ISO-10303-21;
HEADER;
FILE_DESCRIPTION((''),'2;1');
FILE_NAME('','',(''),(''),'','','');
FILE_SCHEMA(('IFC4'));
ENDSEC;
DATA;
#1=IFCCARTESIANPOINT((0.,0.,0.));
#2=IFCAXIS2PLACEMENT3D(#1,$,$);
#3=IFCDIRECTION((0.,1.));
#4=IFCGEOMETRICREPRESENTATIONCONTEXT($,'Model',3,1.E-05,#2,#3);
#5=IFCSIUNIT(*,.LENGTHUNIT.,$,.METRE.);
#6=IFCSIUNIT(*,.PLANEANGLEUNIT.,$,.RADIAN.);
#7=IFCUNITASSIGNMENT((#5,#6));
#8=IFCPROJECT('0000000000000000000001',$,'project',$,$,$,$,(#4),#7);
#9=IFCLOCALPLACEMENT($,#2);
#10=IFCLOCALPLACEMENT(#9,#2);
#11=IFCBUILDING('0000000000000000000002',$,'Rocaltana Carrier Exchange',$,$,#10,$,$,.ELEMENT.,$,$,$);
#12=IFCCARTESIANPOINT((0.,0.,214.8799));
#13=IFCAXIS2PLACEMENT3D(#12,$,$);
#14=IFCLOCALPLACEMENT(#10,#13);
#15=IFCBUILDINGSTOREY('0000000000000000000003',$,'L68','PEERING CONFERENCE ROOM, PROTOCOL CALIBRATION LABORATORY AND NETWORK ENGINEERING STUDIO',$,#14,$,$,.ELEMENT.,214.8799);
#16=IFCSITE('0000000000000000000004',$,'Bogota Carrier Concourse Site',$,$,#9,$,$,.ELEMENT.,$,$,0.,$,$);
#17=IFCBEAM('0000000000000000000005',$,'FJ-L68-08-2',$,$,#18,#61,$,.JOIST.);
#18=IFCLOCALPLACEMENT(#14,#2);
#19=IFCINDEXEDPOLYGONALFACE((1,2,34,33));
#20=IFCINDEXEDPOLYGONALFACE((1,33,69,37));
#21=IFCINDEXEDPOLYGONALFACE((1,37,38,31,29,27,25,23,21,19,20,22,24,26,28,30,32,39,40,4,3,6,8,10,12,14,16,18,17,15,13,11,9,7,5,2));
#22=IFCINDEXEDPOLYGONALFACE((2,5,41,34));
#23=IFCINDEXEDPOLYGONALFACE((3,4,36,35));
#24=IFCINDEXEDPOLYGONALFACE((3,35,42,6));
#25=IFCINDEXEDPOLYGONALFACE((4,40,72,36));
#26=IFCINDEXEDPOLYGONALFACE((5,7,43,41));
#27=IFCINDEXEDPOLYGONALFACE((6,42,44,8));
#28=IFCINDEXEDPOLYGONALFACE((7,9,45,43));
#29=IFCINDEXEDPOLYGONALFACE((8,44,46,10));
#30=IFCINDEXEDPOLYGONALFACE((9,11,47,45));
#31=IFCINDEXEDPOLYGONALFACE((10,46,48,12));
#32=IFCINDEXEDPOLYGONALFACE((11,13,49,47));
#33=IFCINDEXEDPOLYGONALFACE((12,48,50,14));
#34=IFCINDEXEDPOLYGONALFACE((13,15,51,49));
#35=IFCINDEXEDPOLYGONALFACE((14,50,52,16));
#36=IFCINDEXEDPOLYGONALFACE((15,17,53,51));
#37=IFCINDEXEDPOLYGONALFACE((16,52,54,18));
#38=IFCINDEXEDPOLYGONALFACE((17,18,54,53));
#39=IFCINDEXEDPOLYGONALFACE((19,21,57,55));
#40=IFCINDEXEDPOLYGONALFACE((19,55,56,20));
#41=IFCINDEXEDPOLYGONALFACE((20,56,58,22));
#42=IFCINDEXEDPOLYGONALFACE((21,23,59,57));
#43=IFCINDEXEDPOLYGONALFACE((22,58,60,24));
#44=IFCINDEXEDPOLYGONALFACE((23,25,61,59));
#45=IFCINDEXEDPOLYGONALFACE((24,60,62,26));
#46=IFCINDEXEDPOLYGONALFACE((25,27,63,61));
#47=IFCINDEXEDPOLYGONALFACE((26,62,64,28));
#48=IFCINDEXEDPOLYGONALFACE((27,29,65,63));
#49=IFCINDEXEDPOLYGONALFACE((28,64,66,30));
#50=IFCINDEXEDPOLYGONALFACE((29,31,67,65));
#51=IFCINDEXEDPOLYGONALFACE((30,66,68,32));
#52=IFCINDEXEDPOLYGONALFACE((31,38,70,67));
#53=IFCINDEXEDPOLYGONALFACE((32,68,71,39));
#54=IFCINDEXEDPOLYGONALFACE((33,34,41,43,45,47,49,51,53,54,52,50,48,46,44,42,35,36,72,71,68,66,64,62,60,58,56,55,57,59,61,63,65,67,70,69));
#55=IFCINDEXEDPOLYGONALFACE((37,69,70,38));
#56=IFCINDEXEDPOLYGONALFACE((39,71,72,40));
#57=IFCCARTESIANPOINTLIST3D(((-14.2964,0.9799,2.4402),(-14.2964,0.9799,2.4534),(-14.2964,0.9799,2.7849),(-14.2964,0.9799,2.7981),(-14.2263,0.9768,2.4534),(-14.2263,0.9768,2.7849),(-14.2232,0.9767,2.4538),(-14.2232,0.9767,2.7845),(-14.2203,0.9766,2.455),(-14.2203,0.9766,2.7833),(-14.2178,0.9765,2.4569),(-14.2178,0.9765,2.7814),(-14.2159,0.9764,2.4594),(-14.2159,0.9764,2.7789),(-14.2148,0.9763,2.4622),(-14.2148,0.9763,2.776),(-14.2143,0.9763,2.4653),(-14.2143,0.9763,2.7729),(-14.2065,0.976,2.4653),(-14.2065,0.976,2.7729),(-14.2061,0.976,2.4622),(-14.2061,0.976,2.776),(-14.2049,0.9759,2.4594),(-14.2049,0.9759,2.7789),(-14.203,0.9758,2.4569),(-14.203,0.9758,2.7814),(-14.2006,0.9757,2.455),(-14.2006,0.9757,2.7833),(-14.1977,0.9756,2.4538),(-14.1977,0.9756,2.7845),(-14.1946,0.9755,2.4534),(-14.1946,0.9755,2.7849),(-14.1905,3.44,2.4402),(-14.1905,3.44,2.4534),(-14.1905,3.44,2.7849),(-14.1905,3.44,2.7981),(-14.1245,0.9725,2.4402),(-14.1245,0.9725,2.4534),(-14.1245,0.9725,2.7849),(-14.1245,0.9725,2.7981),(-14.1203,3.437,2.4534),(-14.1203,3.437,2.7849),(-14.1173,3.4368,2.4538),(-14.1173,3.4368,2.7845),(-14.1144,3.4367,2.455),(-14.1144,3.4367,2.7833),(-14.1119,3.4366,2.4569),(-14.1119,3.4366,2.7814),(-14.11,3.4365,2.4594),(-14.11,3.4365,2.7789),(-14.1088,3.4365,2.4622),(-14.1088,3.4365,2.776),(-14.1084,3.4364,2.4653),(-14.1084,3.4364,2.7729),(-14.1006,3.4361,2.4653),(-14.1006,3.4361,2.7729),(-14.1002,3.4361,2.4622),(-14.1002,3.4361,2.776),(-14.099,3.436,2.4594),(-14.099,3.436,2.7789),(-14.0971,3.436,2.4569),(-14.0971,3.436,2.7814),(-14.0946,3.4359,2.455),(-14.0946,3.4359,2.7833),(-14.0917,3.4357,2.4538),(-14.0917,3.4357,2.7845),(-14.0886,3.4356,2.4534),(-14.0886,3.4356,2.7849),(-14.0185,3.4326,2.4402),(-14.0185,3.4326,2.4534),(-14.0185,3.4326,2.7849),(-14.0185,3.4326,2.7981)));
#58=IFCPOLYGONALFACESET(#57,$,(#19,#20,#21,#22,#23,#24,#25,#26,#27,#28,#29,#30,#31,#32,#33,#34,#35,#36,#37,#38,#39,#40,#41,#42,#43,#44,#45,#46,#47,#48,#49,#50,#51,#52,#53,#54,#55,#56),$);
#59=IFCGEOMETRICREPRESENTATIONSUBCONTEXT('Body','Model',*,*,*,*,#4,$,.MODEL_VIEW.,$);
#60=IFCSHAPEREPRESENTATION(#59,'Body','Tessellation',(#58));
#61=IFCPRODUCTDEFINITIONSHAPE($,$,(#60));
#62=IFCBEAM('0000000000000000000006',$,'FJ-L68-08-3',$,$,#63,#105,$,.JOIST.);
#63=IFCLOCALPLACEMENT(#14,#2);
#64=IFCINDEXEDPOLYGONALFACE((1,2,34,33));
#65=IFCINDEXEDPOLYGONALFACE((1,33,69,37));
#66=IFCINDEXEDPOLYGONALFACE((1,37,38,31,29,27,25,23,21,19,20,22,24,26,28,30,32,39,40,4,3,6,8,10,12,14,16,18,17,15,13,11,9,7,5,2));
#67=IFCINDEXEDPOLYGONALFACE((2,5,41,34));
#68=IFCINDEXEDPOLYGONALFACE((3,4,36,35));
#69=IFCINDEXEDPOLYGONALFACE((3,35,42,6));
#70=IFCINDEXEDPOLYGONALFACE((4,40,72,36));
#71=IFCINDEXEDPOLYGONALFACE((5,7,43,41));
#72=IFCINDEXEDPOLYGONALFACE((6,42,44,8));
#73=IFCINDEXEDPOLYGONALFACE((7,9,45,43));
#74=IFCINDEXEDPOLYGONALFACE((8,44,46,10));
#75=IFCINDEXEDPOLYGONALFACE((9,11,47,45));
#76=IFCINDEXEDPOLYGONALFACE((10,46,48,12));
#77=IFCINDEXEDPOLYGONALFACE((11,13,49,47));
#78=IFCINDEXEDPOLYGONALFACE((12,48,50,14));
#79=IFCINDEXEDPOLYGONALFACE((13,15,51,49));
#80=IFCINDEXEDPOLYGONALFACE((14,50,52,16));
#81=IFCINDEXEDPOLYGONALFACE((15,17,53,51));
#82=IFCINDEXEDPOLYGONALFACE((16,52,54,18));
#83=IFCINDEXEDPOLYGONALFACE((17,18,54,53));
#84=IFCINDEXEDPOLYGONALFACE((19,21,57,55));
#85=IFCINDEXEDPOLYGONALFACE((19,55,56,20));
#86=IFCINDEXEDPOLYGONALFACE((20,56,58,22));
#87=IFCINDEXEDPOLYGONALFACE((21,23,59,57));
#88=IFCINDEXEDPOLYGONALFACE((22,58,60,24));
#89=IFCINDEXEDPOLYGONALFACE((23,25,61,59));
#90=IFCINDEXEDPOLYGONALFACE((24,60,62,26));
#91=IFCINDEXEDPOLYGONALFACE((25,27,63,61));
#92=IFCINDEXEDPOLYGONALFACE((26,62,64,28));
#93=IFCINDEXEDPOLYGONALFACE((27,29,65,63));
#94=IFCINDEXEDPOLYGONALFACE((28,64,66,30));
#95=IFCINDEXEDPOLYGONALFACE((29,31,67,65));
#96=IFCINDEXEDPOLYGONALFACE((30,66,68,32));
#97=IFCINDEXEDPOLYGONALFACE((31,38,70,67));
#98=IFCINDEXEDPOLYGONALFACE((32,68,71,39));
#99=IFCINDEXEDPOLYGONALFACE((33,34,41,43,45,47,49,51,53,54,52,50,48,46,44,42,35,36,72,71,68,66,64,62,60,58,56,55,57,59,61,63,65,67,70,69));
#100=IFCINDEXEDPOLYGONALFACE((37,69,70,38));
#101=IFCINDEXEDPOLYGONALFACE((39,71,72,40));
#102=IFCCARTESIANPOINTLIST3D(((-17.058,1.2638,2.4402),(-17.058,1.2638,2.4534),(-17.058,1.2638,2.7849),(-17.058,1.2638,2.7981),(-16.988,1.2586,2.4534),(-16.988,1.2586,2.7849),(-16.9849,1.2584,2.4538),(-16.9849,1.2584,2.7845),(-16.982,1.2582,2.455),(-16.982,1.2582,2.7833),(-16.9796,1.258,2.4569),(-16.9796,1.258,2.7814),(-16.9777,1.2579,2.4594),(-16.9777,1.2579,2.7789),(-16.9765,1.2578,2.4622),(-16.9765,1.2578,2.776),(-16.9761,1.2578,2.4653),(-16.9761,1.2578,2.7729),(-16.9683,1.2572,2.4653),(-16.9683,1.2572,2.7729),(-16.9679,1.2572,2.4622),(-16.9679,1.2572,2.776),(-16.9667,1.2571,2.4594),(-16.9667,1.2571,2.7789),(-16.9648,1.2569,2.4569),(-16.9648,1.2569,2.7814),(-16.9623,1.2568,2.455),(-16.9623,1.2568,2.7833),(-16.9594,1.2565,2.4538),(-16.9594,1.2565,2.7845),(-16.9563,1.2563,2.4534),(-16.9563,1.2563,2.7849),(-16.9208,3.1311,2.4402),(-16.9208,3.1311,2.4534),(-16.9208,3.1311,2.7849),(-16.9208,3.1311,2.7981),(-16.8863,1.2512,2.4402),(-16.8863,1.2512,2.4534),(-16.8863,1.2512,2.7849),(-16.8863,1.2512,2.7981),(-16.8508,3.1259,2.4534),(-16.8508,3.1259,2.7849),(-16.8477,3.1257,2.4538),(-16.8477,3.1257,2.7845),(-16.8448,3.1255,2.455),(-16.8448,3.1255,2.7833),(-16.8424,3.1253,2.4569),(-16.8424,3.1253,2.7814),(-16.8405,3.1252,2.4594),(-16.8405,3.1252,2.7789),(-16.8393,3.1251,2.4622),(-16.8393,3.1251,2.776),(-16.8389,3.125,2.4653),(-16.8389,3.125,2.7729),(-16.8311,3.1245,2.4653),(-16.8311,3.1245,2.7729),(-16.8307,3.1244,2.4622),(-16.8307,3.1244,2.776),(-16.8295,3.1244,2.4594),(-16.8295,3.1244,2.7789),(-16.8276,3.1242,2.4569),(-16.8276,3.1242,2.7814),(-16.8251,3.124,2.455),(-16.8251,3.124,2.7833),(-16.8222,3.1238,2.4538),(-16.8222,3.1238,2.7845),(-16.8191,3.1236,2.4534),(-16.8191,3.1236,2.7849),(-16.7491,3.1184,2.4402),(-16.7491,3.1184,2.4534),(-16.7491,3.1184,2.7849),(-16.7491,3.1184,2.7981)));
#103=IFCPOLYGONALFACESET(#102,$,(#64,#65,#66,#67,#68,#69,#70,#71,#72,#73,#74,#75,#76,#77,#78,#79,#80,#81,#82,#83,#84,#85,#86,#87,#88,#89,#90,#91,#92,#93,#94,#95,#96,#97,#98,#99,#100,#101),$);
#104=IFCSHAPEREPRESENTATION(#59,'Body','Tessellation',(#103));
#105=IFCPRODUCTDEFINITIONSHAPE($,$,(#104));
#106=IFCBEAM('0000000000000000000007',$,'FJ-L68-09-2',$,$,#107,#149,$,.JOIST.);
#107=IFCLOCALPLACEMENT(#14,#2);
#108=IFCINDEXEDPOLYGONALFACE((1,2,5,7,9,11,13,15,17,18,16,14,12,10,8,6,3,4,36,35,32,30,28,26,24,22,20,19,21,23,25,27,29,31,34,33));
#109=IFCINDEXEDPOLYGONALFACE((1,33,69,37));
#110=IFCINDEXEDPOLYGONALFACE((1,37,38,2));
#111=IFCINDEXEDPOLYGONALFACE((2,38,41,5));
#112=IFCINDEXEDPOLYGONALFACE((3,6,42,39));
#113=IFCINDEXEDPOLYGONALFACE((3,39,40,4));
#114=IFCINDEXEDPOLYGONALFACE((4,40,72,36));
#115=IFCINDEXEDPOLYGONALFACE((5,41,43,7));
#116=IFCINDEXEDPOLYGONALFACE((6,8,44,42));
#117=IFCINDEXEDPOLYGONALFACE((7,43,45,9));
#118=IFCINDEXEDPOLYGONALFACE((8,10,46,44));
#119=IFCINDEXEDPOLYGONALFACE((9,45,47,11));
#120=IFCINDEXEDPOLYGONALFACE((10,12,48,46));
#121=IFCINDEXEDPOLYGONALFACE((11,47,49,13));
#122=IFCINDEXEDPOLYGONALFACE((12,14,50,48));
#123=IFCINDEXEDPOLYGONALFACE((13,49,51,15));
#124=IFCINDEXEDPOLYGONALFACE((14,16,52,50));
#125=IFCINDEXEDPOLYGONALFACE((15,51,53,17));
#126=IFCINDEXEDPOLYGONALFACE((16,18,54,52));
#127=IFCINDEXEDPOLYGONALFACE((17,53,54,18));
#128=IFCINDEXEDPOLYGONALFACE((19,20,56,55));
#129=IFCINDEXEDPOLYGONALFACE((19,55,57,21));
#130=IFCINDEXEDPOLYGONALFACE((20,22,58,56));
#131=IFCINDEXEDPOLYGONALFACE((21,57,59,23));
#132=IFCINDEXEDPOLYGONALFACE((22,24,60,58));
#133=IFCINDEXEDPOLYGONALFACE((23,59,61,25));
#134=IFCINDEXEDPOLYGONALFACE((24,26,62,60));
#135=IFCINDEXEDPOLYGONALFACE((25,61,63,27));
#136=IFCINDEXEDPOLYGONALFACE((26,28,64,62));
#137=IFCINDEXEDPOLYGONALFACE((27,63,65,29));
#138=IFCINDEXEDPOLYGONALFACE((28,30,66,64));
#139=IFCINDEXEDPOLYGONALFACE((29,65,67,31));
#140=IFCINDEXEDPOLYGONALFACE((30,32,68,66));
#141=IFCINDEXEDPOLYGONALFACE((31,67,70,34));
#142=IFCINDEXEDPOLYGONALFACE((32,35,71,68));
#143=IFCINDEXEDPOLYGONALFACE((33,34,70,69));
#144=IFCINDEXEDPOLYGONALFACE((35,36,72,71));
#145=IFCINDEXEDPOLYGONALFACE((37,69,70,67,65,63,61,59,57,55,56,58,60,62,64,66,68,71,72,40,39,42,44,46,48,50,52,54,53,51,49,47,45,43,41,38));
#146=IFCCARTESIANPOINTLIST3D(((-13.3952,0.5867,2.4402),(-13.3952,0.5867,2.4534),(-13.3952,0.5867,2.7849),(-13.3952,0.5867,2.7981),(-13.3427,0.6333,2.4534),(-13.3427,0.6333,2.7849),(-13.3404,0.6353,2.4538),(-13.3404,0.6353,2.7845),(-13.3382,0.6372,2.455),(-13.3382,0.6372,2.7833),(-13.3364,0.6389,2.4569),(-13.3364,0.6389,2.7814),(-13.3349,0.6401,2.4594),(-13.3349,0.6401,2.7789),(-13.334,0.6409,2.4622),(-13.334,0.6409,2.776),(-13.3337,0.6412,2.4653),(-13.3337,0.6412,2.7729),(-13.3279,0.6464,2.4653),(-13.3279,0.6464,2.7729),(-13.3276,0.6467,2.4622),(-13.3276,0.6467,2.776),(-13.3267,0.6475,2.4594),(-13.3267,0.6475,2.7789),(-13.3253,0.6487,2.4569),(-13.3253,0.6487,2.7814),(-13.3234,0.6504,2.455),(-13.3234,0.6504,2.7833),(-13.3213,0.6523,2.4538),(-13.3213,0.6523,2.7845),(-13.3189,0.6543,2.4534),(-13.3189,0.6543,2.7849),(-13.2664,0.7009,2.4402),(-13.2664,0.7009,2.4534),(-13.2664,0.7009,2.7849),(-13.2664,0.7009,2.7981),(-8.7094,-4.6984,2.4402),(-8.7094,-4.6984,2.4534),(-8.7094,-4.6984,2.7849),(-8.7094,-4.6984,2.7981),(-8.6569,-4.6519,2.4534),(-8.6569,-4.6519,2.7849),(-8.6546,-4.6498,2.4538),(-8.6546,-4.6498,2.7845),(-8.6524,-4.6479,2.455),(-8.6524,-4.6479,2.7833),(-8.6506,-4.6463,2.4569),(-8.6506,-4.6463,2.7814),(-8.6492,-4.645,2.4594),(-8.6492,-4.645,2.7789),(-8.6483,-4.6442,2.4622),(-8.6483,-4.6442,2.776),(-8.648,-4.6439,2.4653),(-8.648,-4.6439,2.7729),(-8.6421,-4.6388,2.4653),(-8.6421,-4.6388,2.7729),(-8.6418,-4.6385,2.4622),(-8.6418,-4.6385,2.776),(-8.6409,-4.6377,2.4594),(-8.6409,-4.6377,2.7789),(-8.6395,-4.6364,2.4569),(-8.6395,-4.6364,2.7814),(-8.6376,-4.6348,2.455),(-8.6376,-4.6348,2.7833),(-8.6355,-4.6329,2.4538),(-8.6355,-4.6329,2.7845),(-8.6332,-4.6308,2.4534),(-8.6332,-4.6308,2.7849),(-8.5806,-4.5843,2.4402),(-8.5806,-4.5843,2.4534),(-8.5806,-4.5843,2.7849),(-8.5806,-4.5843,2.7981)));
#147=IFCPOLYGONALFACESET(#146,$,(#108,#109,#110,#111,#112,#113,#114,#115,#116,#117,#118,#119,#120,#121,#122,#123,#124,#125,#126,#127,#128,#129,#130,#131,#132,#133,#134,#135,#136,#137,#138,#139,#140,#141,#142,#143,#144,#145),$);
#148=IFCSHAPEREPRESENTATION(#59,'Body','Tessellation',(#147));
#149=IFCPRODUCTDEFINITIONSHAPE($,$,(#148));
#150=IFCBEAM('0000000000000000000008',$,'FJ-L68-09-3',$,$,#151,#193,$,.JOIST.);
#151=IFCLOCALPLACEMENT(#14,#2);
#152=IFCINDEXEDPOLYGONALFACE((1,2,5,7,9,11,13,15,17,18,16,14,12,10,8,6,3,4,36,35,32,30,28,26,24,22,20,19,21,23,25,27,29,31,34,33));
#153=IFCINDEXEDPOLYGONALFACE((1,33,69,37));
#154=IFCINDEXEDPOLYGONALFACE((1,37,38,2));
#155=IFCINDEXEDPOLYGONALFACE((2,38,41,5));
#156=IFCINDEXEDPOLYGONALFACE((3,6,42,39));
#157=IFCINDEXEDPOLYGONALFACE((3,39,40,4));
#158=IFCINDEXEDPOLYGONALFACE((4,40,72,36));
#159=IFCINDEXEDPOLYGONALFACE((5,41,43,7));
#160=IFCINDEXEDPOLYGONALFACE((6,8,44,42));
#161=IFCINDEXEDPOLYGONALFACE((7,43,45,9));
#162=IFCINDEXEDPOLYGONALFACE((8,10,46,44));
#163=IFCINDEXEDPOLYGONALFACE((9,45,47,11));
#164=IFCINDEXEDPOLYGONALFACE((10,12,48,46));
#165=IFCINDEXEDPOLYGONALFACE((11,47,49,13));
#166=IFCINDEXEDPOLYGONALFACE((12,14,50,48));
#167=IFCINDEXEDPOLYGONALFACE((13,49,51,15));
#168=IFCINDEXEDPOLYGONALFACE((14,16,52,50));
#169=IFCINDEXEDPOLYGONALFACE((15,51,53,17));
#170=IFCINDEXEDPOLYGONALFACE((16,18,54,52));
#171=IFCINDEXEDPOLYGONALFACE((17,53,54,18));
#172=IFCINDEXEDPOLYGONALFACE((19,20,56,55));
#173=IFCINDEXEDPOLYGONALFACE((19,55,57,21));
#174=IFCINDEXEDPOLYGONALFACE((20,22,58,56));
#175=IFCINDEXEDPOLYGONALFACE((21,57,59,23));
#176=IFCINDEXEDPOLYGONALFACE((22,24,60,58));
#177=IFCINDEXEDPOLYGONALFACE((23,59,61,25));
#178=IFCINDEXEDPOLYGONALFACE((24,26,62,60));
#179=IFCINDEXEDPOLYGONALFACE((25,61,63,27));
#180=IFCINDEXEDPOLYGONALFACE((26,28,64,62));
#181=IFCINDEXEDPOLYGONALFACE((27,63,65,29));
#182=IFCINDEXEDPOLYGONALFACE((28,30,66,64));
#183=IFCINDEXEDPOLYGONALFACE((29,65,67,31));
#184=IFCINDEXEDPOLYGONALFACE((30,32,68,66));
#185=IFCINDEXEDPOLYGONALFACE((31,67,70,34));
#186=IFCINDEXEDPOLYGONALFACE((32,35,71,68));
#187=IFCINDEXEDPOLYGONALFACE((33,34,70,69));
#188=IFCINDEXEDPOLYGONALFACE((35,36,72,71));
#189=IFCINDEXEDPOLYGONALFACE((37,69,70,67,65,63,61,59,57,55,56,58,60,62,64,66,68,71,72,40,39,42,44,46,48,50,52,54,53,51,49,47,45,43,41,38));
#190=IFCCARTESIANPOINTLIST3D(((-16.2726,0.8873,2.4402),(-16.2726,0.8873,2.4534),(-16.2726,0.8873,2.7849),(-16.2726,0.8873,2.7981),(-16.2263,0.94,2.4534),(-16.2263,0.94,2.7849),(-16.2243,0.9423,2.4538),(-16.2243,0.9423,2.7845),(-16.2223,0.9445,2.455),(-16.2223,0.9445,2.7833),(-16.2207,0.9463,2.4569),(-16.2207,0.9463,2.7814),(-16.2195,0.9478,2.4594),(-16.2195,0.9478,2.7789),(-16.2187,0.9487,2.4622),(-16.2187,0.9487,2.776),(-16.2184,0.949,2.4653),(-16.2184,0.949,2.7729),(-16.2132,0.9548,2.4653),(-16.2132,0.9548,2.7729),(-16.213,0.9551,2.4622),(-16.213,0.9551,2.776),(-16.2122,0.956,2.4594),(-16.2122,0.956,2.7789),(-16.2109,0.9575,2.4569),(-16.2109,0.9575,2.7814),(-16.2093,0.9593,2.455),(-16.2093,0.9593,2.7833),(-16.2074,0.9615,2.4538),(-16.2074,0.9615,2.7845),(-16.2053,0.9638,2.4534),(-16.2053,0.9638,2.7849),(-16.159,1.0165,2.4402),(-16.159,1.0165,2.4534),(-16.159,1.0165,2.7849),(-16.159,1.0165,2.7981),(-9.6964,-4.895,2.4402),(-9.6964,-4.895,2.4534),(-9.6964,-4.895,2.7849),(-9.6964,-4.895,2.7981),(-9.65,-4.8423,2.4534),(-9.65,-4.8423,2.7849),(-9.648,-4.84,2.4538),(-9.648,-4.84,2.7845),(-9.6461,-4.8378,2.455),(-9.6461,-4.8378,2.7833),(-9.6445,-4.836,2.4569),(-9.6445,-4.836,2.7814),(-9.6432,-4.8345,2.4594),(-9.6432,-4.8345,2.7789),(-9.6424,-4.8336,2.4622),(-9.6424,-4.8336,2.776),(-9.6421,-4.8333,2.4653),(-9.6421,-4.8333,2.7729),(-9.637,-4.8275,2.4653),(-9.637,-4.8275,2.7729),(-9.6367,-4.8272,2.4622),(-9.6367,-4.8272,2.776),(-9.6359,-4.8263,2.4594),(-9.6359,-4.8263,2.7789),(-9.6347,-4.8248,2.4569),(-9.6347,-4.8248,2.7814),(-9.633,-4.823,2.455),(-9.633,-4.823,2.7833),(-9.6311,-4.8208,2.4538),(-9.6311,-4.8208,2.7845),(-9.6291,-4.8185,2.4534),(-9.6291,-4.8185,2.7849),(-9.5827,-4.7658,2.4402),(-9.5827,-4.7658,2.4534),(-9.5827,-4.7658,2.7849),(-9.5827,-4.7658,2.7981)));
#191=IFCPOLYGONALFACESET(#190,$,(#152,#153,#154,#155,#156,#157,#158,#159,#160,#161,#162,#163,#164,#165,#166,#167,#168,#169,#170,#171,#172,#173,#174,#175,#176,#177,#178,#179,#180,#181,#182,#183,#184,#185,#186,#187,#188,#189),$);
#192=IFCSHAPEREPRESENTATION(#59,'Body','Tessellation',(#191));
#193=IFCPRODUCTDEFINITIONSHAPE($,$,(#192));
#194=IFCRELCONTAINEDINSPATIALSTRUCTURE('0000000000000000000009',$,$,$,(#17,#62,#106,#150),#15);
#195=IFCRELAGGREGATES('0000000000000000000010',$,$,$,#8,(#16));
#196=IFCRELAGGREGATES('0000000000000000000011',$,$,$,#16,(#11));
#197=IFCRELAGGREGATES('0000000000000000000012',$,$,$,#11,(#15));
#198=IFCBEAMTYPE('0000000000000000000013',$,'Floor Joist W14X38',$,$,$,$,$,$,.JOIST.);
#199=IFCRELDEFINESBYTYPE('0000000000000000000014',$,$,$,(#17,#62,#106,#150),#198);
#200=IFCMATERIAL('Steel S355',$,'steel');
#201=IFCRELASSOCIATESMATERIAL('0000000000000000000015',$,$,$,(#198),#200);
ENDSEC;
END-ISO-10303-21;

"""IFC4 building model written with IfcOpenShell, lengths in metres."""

from ifc_helpers import new_model, si_unit, direction, frame, origin, origin_2d, place, context, subcontext, project, spatial, i_section, extrude, material, material_profile, profile_set, type_object, element, save


model = new_model("IFC4")

# Units and contexts
model_context = context("Model", 3, precision=1e-05, world=origin(), true_north=direction((0.0, 1.0)))
body_context = subcontext(model_context, "Body", "Model", "MODEL_VIEW")
ifc_project = project(units=[si_unit("LENGTHUNIT", "METRE"), si_unit("PLANEANGLEUNIT", "RADIAN")], contexts=[model_context])

# Site, building, storey
site_placement = place(None, origin())
site = spatial("IfcSite", under=ifc_project, at=site_placement, Name="Bogota Carrier Concourse Site", CompositionType="ELEMENT", RefElevation=0.0)
building_placement = place(site_placement, origin())
building = spatial("IfcBuilding", under=site, at=building_placement, Name="Rocaltana Carrier Exchange", CompositionType="ELEMENT")
storey_placement = place(building_placement, frame((0.0, 0.0, 214.8799)))
storey = spatial("IfcBuildingStorey", under=building, at=storey_placement, Name="L68", Description="PEERING CONFERENCE ROOM, PROTOCOL CALIBRATION LABORATORY AND NETWORK ENGINEERING STUDIO", CompositionType="ELEMENT", Elevation=214.8799)

# Beams
ifc_material_1 = material(Name="Steel S355", Category="steel")
ifc_material_profile_1 = material_profile(ifc_material_1, i_section(OverallWidth=0.1721, OverallDepth=0.3579, WebThickness=0.0078, FlangeThickness=0.0132, FilletRadius=0.012, at=origin_2d()), Name="W14X38")
ifc_profile_set_1 = profile_set([ifc_material_profile_1], Name="Steel S355")
beam_type_1 = type_object("IfcBeamType", Name="Floor Joist W14X38", PredefinedType="JOIST", material=ifc_profile_set_1)
beam_1_placement = place(storey_placement, frame((-14.1045, 3.4363, 2.6191), z_axis=(-0.043028, -0.999074, 0.0), x_axis=(0.999074, -0.043028, 0.0)))
element("IfcBeam", 1, at=beam_1_placement, inside=storey, type_object=beam_type_1, Name="FJ-L68-08-2", PredefinedType="JOIST", context=body_context, shape_type="SweptSolid", body=[
    extrude(i_section(OverallWidth=0.1721, OverallDepth=0.3579, WebThickness=0.0078, FlangeThickness=0.0132, FilletRadius=0.012, at=origin_2d()), origin(), (0.0, 0.0, 1.0), 2.4624),
])
beam_2_placement = place(storey_placement, frame((-16.835, 3.1248, 2.6191), z_axis=(-0.073286, -0.997311, 0.0), x_axis=(0.997311, -0.073286, 0.0)))
element("IfcBeam", 2, at=beam_2_placement, inside=storey, type_object=beam_type_1, Name="FJ-L68-08-3", PredefinedType="JOIST", context=body_context, shape_type="SweptSolid", body=[
    extrude(i_section(OverallWidth=0.1721, OverallDepth=0.3579, WebThickness=0.0078, FlangeThickness=0.0132, FilletRadius=0.012, at=origin_2d()), origin(), (0.0, 0.0, 1.0), 1.8723),
])
beam_3_placement = place(storey_placement, frame((-13.3308, 0.6438, 2.6191), z_axis=(0.663404, -0.748261, 0.0), x_axis=(0.748261, 0.663404, 0.0)))
element("IfcBeam", 3, at=beam_3_placement, inside=storey, type_object=beam_type_1, Name="FJ-L68-09-2", PredefinedType="JOIST", context=body_context, shape_type="SweptSolid", body=[
    extrude(i_section(OverallWidth=0.1721, OverallDepth=0.3579, WebThickness=0.0078, FlangeThickness=0.0132, FilletRadius=0.012, at=origin_2d()), origin(), (0.0, 0.0, 1.0), 7.0632),
])
beam_4_placement = place(storey_placement, frame((-16.2158, 0.9519, 2.6191), z_axis=(0.750986, -0.660319, 0.0), x_axis=(0.660319, 0.750986, 0.0)))
element("IfcBeam", 4, at=beam_4_placement, inside=storey, type_object=beam_type_1, Name="FJ-L68-09-3", PredefinedType="JOIST", context=body_context, shape_type="SweptSolid", body=[
    extrude(i_section(OverallWidth=0.1721, OverallDepth=0.3579, WebThickness=0.0078, FlangeThickness=0.0132, FilletRadius=0.012, at=origin_2d()), origin(), (0.0, 0.0, 1.0), 8.7568),
])

save(model, "model.ifc")
